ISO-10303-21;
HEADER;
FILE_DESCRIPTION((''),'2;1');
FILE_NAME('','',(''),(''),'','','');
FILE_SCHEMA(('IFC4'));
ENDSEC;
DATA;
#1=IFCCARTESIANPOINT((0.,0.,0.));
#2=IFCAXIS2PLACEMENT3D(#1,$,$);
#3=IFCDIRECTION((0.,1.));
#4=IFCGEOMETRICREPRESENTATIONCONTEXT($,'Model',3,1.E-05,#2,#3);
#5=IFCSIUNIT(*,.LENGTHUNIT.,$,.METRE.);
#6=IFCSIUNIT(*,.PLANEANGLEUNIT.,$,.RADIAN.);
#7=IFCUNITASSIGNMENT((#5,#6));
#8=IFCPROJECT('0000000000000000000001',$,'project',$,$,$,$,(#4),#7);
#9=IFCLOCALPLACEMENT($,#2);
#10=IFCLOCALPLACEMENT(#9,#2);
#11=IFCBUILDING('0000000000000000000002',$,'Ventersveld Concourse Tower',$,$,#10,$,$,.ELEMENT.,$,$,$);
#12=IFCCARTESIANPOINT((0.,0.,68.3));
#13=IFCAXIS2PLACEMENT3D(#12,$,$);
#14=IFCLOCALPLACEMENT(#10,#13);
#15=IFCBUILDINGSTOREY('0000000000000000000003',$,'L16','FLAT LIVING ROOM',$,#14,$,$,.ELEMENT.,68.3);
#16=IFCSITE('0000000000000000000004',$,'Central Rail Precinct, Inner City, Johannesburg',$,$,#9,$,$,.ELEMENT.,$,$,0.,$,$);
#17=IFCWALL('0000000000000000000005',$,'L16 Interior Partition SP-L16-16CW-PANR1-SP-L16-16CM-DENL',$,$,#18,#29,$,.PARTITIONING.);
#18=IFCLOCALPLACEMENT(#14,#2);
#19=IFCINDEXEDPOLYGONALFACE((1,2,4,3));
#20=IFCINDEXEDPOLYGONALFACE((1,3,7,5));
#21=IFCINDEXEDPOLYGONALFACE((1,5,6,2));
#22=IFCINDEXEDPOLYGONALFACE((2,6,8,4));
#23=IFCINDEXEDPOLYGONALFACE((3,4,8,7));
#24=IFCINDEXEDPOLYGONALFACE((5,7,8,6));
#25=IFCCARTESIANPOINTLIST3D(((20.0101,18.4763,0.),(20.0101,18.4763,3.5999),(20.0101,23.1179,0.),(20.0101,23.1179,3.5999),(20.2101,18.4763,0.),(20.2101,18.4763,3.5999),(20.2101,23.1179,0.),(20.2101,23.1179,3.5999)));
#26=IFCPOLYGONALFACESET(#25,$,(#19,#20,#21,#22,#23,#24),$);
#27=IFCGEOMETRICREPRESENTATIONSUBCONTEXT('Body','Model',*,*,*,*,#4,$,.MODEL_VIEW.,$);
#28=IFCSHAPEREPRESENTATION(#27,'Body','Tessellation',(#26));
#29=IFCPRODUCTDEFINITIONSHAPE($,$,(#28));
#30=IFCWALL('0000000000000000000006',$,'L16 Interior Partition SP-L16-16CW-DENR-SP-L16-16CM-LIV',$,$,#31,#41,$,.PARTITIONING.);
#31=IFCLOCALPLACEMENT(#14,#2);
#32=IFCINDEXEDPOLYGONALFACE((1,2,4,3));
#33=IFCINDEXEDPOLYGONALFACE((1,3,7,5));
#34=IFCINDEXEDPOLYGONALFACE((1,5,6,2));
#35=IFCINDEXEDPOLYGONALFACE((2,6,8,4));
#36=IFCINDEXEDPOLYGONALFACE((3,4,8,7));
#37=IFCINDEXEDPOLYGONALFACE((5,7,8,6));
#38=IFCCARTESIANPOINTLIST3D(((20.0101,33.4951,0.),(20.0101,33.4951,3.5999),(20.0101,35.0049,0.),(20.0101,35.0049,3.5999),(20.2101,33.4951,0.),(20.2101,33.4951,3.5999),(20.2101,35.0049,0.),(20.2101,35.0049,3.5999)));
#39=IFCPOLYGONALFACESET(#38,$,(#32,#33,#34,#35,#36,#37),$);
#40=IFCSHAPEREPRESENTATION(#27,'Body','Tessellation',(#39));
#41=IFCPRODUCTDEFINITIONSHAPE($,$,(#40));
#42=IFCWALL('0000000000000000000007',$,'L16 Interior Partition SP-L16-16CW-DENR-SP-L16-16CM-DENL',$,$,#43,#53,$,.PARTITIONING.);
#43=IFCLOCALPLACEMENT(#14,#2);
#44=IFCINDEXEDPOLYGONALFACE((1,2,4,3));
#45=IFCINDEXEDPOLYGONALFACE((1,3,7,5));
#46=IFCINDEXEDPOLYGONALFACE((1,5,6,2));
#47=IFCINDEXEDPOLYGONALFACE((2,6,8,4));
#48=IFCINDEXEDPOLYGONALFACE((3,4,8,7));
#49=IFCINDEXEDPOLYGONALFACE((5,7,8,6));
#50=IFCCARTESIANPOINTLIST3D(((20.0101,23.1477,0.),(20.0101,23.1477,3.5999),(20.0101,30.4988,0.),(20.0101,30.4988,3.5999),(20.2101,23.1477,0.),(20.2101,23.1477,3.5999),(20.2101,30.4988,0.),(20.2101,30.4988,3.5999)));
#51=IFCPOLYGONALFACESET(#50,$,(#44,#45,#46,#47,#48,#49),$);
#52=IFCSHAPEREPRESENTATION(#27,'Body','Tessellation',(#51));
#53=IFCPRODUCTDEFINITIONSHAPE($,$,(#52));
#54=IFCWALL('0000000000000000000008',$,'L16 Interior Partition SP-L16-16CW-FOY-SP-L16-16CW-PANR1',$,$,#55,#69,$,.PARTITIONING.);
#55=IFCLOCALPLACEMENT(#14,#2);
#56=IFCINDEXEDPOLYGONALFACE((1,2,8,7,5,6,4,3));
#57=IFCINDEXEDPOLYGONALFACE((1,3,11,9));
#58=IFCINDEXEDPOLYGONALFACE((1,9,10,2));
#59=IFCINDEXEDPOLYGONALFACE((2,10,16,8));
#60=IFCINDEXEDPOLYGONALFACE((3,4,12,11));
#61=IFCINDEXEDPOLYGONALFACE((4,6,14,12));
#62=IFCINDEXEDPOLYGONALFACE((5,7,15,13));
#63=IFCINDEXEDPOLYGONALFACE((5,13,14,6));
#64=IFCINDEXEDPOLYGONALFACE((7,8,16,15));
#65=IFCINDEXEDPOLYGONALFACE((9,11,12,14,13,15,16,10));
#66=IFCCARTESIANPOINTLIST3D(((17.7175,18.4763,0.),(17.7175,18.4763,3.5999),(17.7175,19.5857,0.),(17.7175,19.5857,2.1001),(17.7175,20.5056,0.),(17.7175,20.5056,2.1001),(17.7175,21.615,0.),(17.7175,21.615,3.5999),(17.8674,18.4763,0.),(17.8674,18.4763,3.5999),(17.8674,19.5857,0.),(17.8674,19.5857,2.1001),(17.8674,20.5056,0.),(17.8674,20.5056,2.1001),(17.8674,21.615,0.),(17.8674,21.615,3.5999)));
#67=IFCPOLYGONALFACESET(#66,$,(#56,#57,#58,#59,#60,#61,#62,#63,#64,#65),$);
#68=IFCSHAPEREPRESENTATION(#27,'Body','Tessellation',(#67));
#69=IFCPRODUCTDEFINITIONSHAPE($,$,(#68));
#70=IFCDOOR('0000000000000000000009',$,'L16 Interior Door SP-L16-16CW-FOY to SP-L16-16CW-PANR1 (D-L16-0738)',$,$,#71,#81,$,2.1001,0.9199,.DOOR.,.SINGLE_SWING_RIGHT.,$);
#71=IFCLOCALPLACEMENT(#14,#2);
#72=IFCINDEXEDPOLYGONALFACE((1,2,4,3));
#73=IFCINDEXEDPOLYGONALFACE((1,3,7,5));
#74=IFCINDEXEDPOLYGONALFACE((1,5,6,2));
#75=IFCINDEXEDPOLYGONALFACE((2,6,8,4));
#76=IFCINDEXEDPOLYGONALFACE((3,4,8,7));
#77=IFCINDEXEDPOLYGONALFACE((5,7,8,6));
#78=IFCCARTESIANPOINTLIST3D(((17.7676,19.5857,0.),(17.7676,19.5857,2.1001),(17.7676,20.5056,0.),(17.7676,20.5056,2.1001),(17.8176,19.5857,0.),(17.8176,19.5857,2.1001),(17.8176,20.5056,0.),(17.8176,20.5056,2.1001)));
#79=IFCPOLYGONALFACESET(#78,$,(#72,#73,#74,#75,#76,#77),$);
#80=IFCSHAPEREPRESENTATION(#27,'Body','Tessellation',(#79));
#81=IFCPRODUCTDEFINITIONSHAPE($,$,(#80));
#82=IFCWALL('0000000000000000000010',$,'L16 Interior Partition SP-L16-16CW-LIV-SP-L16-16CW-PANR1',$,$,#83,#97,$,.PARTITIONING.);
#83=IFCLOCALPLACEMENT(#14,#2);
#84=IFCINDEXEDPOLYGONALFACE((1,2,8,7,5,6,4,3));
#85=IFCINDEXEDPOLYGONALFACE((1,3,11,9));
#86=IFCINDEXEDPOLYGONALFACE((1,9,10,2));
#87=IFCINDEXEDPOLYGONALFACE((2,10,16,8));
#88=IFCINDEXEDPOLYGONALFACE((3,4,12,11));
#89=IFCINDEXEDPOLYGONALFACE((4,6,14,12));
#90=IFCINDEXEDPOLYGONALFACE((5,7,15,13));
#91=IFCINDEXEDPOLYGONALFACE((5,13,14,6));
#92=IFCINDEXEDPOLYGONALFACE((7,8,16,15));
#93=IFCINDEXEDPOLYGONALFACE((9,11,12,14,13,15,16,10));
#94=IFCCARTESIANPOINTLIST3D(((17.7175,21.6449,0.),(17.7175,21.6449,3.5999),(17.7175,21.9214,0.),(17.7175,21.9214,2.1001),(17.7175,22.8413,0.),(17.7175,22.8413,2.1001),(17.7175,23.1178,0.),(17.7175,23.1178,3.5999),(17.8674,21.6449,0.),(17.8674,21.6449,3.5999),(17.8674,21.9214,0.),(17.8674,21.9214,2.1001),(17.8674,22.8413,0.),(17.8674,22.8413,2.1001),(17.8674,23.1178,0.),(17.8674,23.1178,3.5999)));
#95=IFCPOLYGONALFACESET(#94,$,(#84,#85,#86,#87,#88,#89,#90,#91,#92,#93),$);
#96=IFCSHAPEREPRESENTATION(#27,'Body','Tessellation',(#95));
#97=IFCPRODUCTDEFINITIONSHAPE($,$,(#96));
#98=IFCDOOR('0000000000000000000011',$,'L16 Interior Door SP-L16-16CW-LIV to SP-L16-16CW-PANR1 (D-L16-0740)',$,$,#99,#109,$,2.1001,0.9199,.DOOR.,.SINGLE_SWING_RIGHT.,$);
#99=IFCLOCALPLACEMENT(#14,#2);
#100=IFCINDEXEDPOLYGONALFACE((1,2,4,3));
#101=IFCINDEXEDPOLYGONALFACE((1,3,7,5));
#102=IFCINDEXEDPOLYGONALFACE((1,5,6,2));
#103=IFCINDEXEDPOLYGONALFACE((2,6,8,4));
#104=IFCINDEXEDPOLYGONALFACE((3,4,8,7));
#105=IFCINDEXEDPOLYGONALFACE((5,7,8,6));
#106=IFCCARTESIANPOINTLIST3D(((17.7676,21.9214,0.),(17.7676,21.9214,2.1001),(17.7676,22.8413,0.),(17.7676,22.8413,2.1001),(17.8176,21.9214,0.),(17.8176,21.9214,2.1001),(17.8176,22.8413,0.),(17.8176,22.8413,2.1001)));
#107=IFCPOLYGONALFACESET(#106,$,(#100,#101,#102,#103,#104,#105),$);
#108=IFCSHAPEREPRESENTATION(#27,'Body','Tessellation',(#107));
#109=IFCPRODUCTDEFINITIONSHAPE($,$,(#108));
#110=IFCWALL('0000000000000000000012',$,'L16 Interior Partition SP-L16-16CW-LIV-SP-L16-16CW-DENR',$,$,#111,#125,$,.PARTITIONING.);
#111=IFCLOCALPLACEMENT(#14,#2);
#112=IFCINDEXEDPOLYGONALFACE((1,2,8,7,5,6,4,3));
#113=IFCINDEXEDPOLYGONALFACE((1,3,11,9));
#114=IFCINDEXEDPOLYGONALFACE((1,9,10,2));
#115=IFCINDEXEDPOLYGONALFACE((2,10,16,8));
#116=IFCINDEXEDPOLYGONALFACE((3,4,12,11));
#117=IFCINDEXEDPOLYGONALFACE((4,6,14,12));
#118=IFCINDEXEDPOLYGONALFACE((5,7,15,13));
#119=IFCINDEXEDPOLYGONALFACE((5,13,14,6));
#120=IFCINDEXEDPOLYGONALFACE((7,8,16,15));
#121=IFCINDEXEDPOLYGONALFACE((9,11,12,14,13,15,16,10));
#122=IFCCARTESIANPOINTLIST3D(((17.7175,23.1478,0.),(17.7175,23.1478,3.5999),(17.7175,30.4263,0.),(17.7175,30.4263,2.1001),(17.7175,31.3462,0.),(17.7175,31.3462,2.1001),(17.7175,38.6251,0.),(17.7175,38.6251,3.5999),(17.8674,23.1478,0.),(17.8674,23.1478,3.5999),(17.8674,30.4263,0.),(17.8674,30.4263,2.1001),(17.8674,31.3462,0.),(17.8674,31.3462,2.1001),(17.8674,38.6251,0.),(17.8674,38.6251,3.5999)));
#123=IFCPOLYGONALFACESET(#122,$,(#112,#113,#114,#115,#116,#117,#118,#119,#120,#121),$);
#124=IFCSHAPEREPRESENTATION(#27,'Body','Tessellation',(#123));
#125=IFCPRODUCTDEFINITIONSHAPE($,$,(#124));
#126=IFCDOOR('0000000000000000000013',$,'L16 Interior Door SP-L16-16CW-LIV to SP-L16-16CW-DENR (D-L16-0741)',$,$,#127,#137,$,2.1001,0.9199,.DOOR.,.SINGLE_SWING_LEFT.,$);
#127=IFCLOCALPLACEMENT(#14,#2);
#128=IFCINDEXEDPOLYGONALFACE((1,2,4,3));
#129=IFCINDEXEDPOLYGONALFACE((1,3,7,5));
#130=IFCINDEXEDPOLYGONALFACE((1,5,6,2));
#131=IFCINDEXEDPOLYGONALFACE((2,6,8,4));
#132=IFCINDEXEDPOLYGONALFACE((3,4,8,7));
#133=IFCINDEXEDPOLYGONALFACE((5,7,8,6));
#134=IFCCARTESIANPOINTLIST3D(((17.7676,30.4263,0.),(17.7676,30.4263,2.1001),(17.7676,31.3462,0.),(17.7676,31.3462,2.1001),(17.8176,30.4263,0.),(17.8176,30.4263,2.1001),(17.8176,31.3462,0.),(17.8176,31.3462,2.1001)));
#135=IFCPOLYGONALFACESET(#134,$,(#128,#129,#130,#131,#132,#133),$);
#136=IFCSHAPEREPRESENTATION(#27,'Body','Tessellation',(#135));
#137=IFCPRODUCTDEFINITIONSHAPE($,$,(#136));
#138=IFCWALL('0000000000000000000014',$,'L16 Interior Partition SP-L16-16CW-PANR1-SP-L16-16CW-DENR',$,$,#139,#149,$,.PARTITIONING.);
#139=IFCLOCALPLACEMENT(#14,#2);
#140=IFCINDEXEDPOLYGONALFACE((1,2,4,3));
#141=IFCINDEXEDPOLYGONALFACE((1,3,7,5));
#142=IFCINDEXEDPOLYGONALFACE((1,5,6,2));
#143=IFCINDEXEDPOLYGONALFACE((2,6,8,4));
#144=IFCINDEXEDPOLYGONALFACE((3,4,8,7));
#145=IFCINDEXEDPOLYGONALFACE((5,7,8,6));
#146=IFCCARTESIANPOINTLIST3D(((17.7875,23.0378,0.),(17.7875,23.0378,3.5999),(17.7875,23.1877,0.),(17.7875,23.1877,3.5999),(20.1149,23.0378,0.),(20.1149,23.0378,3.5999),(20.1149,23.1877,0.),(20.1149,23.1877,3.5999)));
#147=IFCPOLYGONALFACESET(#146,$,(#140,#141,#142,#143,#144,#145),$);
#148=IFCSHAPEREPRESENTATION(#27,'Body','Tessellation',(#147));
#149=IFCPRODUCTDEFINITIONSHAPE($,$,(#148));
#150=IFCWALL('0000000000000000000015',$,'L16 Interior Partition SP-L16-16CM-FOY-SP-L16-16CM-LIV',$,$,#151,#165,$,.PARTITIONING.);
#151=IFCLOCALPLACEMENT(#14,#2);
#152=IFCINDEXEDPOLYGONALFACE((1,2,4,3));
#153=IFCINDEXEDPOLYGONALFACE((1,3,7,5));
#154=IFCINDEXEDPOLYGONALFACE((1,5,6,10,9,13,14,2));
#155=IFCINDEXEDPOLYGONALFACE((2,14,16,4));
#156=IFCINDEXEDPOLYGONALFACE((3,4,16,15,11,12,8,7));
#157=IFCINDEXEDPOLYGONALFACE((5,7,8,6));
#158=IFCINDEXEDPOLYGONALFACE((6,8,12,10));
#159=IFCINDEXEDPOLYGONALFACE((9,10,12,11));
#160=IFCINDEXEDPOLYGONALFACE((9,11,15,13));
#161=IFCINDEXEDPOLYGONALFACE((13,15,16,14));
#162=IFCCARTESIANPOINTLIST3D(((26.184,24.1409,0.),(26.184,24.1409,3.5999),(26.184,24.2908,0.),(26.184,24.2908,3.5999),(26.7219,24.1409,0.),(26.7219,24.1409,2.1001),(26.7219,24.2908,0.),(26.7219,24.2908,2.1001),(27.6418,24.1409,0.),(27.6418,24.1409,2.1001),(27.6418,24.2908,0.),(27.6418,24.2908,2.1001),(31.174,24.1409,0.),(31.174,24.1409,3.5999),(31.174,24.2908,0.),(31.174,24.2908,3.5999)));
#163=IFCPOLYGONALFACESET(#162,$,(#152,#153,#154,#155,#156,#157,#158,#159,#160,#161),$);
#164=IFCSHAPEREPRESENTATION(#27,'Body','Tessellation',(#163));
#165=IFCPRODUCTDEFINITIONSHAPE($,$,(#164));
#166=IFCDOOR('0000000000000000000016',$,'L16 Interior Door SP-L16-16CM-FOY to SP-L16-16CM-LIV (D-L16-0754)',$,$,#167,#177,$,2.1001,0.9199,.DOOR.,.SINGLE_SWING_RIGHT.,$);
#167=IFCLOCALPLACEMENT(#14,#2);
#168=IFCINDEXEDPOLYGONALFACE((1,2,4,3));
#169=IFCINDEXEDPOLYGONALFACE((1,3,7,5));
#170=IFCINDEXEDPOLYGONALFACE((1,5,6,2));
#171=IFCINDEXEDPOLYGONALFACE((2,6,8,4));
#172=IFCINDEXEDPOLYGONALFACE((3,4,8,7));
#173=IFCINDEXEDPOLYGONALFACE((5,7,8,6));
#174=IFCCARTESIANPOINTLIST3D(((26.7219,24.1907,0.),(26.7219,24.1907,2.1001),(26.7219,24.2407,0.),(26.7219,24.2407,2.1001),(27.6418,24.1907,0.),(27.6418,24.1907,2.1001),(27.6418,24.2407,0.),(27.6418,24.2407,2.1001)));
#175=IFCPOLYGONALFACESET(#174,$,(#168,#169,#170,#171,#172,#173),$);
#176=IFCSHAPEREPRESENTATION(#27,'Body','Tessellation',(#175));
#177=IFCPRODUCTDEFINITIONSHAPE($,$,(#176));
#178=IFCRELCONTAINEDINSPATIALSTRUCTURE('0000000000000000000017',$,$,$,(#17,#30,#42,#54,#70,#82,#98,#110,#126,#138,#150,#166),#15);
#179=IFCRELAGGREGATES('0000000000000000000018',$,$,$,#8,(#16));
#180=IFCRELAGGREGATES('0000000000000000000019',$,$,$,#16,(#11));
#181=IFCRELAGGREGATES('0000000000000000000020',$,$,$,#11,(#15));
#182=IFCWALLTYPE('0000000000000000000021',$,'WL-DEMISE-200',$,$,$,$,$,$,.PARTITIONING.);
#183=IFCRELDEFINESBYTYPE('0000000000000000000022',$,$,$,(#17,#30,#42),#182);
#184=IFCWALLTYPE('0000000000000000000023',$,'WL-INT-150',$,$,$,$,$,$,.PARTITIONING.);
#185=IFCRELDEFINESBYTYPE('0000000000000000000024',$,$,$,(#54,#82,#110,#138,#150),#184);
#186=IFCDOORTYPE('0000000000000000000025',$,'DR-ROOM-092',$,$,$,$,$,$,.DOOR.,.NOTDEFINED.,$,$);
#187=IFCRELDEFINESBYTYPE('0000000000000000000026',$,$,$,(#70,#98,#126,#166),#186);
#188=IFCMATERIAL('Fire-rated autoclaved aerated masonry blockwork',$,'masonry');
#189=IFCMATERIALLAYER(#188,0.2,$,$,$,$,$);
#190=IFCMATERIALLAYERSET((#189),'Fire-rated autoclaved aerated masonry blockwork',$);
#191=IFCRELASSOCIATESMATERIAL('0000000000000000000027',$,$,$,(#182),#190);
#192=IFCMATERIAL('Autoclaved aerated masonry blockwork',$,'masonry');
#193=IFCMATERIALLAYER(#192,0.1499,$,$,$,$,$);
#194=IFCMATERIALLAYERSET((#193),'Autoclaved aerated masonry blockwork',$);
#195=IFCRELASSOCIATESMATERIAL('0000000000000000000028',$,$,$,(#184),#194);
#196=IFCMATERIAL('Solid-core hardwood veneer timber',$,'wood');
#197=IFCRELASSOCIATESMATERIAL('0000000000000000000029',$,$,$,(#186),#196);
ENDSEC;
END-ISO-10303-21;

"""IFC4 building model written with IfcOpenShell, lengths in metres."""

from ifc_helpers import new_model, si_unit, direction, frame, frame_2d, origin, place, context, subcontext, project, spatial, rectangle, extrude, material, layer, layer_set, type_object, element, fill, save


model = new_model("IFC4")

# Units and contexts
model_context = context("Model", 3, precision=1e-05, world=origin(), true_north=direction((0.0, 1.0)))
body_context = subcontext(model_context, "Body", "Model", "MODEL_VIEW")
ifc_project = project(units=[si_unit("LENGTHUNIT", "METRE"), si_unit("PLANEANGLEUNIT", "RADIAN")], contexts=[model_context])

# Site, building, storey
site_placement = place(None, origin())
site = spatial("IfcSite", under=ifc_project, at=site_placement, Name="Central Rail Precinct, Inner City, Johannesburg", CompositionType="ELEMENT", RefElevation=0.0)
building_placement = place(site_placement, origin())
building = spatial("IfcBuilding", under=site, at=building_placement, Name="Ventersveld Concourse Tower", CompositionType="ELEMENT")
storey_placement = place(building_placement, frame((0.0, 0.0, 68.3)))
storey = spatial("IfcBuildingStorey", under=building, at=storey_placement, Name="L16", Description="FLAT LIVING ROOM", CompositionType="ELEMENT", Elevation=68.3)

# Walls
ifc_material_1 = material(Name="Fire-rated autoclaved aerated masonry blockwork", Category="masonry")
ifc_layer_1 = layer(ifc_material_1, 0.2)
ifc_layer_set_1 = layer_set([ifc_layer_1], Name="Fire-rated autoclaved aerated masonry blockwork")
wall_type_1 = type_object("IfcWallType", Name="WL-DEMISE-200", PredefinedType="PARTITIONING", material=ifc_layer_set_1)
wall_1_placement = place(storey_placement, frame((20.1101, 18.4763, 0.0), z_axis=(0.0, 0.0, 1.0), x_axis=(0.0, 1.0, 0.0)))
element("IfcWall", 1, at=wall_1_placement, inside=storey, type_object=wall_type_1, Name="L16 Interior Partition SP-L16-16CW-PANR1-SP-L16-16CM-DENL", PredefinedType="PARTITIONING", context=body_context, shape_type="SweptSolid", body=[
    extrude(rectangle(XDim=4.6416, YDim=0.2, at=frame_2d((2.3208, 0.0))), origin(), (0.0, 0.0, 1.0), 3.5999),
])
wall_2_placement = place(storey_placement, frame((20.1101, 33.4951, 0.0), z_axis=(0.0, 0.0, 1.0), x_axis=(0.0, 1.0, 0.0)))
element("IfcWall", 2, at=wall_2_placement, inside=storey, type_object=wall_type_1, Name="L16 Interior Partition SP-L16-16CW-DENR-SP-L16-16CM-LIV", PredefinedType="PARTITIONING", context=body_context, shape_type="SweptSolid", body=[
    extrude(rectangle(XDim=1.5098, YDim=0.2, at=frame_2d((0.7549, 0.0))), origin(), (0.0, 0.0, 1.0), 3.5999),
])
wall_3_placement = place(storey_placement, frame((20.1101, 23.1477, 0.0), z_axis=(0.0, 0.0, 1.0), x_axis=(0.0, 1.0, 0.0)))
element("IfcWall", 3, at=wall_3_placement, inside=storey, type_object=wall_type_1, Name="L16 Interior Partition SP-L16-16CW-DENR-SP-L16-16CM-DENL", PredefinedType="PARTITIONING", context=body_context, shape_type="SweptSolid", body=[
    extrude(rectangle(XDim=7.3511, YDim=0.2, at=frame_2d((3.6755, 0.0))), origin(), (0.0, 0.0, 1.0), 3.5999),
])

# Walls, openings, doors
ifc_material_2 = material(Name="Autoclaved aerated masonry blockwork", Category="masonry")
ifc_layer_2 = layer(ifc_material_2, 0.1499)
ifc_layer_set_2 = layer_set([ifc_layer_2], Name="Autoclaved aerated masonry blockwork")
wall_type_2 = type_object("IfcWallType", Name="WL-INT-150", PredefinedType="PARTITIONING", material=ifc_layer_set_2)
wall_4_placement = place(storey_placement, frame((17.7925, 18.4763, 0.0), z_axis=(0.0, 0.0, 1.0), x_axis=(0.0, 1.0, 0.0)))
wall_4 = element("IfcWall", 4, at=wall_4_placement, inside=storey, type_object=wall_type_2, Name="L16 Interior Partition SP-L16-16CW-FOY-SP-L16-16CW-PANR1", PredefinedType="PARTITIONING", context=body_context, shape_type="SweptSolid", body=[
    extrude(rectangle(XDim=3.1387, YDim=0.1499, at=frame_2d((1.5693, 0.0))), origin(), (0.0, 0.0, 1.0), 3.5999),
])
opening_1_placement = place(wall_4_placement, frame((1.1094, 0.0, 0.0)))
opening_1 = element("IfcOpeningElement", 5, at=opening_1_placement, cuts=wall_4, PredefinedType="OPENING", context=body_context, shape_type="SweptSolid", body=[
    extrude(rectangle(XDim=0.9199, YDim=2.1001, at=frame_2d((0.46, 1.05))), frame((0.0, 0.085, 0.0), z_axis=(0.0, -1.0, 0.0), x_axis=(1.0, 0.0, 0.0)), (0.0, 0.0, 1.0), 0.1699),
])
ifc_material_3 = material(Name="Solid-core hardwood veneer timber", Category="wood")
door_type = type_object("IfcDoorType", Name="DR-ROOM-092", OperationType="NOTDEFINED", PredefinedType="DOOR", material=ifc_material_3)
door_1_placement = place(opening_1_placement, origin())
door_1 = element("IfcDoor", 6, at=door_1_placement, inside=storey, type_object=door_type, Name="L16 Interior Door SP-L16-16CW-FOY to SP-L16-16CW-PANR1 (D-L16-0738)", OperationType="SINGLE_SWING_RIGHT", OverallHeight=2.1001, OverallWidth=0.9199, PredefinedType="DOOR", context=body_context, shape_type="SweptSolid", body=[
    extrude(rectangle(XDim=0.9199, YDim=2.1001, at=frame_2d((0.46, 1.05))), frame((0.0, 0.0249, 0.0), z_axis=(0.0, -1.0, 0.0), x_axis=(1.0, 0.0, 0.0)), (0.0, 0.0, 1.0), 0.05),
])
fill(opening_1, door_1)
wall_5_placement = place(storey_placement, frame((17.7925, 21.645, 0.0), z_axis=(0.0, 0.0, 1.0), x_axis=(0.0, 1.0, 0.0)))
wall_5 = element("IfcWall", 7, at=wall_5_placement, inside=storey, type_object=wall_type_2, Name="L16 Interior Partition SP-L16-16CW-LIV-SP-L16-16CW-PANR1", PredefinedType="PARTITIONING", context=body_context, shape_type="SweptSolid", body=[
    extrude(rectangle(XDim=1.4729, YDim=0.1499, at=frame_2d((0.7363, 0.0))), origin(), (0.0, 0.0, 1.0), 3.5999),
])
opening_2_placement = place(wall_5_placement, frame((0.2764, 0.0, 0.0)))
opening_2 = element("IfcOpeningElement", 8, at=opening_2_placement, cuts=wall_5, PredefinedType="OPENING", context=body_context, shape_type="SweptSolid", body=[
    extrude(rectangle(XDim=0.9199, YDim=2.1001, at=frame_2d((0.46, 1.05))), frame((0.0, 0.085, 0.0), z_axis=(0.0, -1.0, 0.0), x_axis=(1.0, 0.0, 0.0)), (0.0, 0.0, 1.0), 0.1699),
])
door_2_placement = place(opening_2_placement, origin())
door_2 = element("IfcDoor", 9, at=door_2_placement, inside=storey, type_object=door_type, Name="L16 Interior Door SP-L16-16CW-LIV to SP-L16-16CW-PANR1 (D-L16-0740)", OperationType="SINGLE_SWING_RIGHT", OverallHeight=2.1001, OverallWidth=0.9199, PredefinedType="DOOR", context=body_context, shape_type="SweptSolid", body=[
    extrude(rectangle(XDim=0.9199, YDim=2.1001, at=frame_2d((0.46, 1.05))), frame((0.0, 0.0249, 0.0), z_axis=(0.0, -1.0, 0.0), x_axis=(1.0, 0.0, 0.0)), (0.0, 0.0, 1.0), 0.05),
])
fill(opening_2, door_2)
wall_6_placement = place(storey_placement, frame((17.7925, 23.1477, 0.0), z_axis=(0.0, 0.0, 1.0), x_axis=(0.0, 1.0, 0.0)))
wall_6 = element("IfcWall", 10, at=wall_6_placement, inside=storey, type_object=wall_type_2, Name="L16 Interior Partition SP-L16-16CW-LIV-SP-L16-16CW-DENR", PredefinedType="PARTITIONING", context=body_context, shape_type="SweptSolid", body=[
    extrude(rectangle(XDim=15.4773, YDim=0.1499, at=frame_2d((7.7388, 0.0))), origin(), (0.0, 0.0, 1.0), 3.5999),
])
opening_3_placement = place(wall_6_placement, frame((7.2786, 0.0, 0.0)))
opening_3 = element("IfcOpeningElement", 11, at=opening_3_placement, cuts=wall_6, PredefinedType="OPENING", context=body_context, shape_type="SweptSolid", body=[
    extrude(rectangle(XDim=0.9199, YDim=2.1001, at=frame_2d((0.46, 1.05))), frame((0.0, 0.085, 0.0), z_axis=(0.0, -1.0, 0.0), x_axis=(1.0, 0.0, 0.0)), (0.0, 0.0, 1.0), 0.1699),
])
door_3_placement = place(opening_3_placement, origin())
door_3 = element("IfcDoor", 12, at=door_3_placement, inside=storey, type_object=door_type, Name="L16 Interior Door SP-L16-16CW-LIV to SP-L16-16CW-DENR (D-L16-0741)", OperationType="SINGLE_SWING_LEFT", OverallHeight=2.1001, OverallWidth=0.9199, PredefinedType="DOOR", context=body_context, shape_type="SweptSolid", body=[
    extrude(rectangle(XDim=0.9199, YDim=2.1001, at=frame_2d((0.46, 1.05))), frame((0.0, 0.0249, 0.0), z_axis=(0.0, -1.0, 0.0), x_axis=(1.0, 0.0, 0.0)), (0.0, 0.0, 1.0), 0.05),
])
fill(opening_3, door_3)

# Wall
wall_7_placement = place(storey_placement, frame((17.7876, 23.1128, 0.0), z_axis=(0.0, 0.0, 1.0), x_axis=(1.0, 0.0, 0.0)))
element("IfcWall", 13, at=wall_7_placement, inside=storey, type_object=wall_type_2, Name="L16 Interior Partition SP-L16-16CW-PANR1-SP-L16-16CW-DENR", PredefinedType="PARTITIONING", context=body_context, shape_type="SweptSolid", body=[
    extrude(rectangle(XDim=2.3274, YDim=0.1499, at=frame_2d((1.1636, 0.0))), origin(), (0.0, 0.0, 1.0), 3.5999),
])

# Wall, opening, door
wall_8_placement = place(storey_placement, frame((26.1838, 24.2158, 0.0), z_axis=(0.0, 0.0, 1.0), x_axis=(1.0, 0.0, 0.0)))
wall_8 = element("IfcWall", 14, at=wall_8_placement, inside=storey, type_object=wall_type_2, Name="L16 Interior Partition SP-L16-16CM-FOY-SP-L16-16CM-LIV", PredefinedType="PARTITIONING", context=body_context, shape_type="SweptSolid", body=[
    extrude(rectangle(XDim=4.99, YDim=0.1499, at=frame_2d((2.4951, 0.0))), origin(), (0.0, 0.0, 1.0), 3.5999),
])
opening_4_placement = place(wall_8_placement, frame((0.5381, 0.0, 0.0)))
opening_4 = element("IfcOpeningElement", 15, at=opening_4_placement, cuts=wall_8, PredefinedType="OPENING", context=body_context, shape_type="SweptSolid", body=[
    extrude(rectangle(XDim=0.9199, YDim=2.1001, at=frame_2d((0.46, 1.05))), frame((0.0, 0.085, 0.0), z_axis=(0.0, -1.0, 0.0), x_axis=(1.0, 0.0, 0.0)), (0.0, 0.0, 1.0), 0.1699),
])
door_4_placement = place(opening_4_placement, origin())
door_4 = element("IfcDoor", 16, at=door_4_placement, inside=storey, type_object=door_type, Name="L16 Interior Door SP-L16-16CM-FOY to SP-L16-16CM-LIV (D-L16-0754)", OperationType="SINGLE_SWING_RIGHT", OverallHeight=2.1001, OverallWidth=0.9199, PredefinedType="DOOR", context=body_context, shape_type="SweptSolid", body=[
    extrude(rectangle(XDim=0.9199, YDim=2.1001, at=frame_2d((0.46, 1.05))), frame((0.0, 0.0249, 0.0), z_axis=(0.0, -1.0, 0.0), x_axis=(1.0, 0.0, 0.0)), (0.0, 0.0, 1.0), 0.05),
])
fill(opening_4, door_4)

save(model, "model.ifc")
